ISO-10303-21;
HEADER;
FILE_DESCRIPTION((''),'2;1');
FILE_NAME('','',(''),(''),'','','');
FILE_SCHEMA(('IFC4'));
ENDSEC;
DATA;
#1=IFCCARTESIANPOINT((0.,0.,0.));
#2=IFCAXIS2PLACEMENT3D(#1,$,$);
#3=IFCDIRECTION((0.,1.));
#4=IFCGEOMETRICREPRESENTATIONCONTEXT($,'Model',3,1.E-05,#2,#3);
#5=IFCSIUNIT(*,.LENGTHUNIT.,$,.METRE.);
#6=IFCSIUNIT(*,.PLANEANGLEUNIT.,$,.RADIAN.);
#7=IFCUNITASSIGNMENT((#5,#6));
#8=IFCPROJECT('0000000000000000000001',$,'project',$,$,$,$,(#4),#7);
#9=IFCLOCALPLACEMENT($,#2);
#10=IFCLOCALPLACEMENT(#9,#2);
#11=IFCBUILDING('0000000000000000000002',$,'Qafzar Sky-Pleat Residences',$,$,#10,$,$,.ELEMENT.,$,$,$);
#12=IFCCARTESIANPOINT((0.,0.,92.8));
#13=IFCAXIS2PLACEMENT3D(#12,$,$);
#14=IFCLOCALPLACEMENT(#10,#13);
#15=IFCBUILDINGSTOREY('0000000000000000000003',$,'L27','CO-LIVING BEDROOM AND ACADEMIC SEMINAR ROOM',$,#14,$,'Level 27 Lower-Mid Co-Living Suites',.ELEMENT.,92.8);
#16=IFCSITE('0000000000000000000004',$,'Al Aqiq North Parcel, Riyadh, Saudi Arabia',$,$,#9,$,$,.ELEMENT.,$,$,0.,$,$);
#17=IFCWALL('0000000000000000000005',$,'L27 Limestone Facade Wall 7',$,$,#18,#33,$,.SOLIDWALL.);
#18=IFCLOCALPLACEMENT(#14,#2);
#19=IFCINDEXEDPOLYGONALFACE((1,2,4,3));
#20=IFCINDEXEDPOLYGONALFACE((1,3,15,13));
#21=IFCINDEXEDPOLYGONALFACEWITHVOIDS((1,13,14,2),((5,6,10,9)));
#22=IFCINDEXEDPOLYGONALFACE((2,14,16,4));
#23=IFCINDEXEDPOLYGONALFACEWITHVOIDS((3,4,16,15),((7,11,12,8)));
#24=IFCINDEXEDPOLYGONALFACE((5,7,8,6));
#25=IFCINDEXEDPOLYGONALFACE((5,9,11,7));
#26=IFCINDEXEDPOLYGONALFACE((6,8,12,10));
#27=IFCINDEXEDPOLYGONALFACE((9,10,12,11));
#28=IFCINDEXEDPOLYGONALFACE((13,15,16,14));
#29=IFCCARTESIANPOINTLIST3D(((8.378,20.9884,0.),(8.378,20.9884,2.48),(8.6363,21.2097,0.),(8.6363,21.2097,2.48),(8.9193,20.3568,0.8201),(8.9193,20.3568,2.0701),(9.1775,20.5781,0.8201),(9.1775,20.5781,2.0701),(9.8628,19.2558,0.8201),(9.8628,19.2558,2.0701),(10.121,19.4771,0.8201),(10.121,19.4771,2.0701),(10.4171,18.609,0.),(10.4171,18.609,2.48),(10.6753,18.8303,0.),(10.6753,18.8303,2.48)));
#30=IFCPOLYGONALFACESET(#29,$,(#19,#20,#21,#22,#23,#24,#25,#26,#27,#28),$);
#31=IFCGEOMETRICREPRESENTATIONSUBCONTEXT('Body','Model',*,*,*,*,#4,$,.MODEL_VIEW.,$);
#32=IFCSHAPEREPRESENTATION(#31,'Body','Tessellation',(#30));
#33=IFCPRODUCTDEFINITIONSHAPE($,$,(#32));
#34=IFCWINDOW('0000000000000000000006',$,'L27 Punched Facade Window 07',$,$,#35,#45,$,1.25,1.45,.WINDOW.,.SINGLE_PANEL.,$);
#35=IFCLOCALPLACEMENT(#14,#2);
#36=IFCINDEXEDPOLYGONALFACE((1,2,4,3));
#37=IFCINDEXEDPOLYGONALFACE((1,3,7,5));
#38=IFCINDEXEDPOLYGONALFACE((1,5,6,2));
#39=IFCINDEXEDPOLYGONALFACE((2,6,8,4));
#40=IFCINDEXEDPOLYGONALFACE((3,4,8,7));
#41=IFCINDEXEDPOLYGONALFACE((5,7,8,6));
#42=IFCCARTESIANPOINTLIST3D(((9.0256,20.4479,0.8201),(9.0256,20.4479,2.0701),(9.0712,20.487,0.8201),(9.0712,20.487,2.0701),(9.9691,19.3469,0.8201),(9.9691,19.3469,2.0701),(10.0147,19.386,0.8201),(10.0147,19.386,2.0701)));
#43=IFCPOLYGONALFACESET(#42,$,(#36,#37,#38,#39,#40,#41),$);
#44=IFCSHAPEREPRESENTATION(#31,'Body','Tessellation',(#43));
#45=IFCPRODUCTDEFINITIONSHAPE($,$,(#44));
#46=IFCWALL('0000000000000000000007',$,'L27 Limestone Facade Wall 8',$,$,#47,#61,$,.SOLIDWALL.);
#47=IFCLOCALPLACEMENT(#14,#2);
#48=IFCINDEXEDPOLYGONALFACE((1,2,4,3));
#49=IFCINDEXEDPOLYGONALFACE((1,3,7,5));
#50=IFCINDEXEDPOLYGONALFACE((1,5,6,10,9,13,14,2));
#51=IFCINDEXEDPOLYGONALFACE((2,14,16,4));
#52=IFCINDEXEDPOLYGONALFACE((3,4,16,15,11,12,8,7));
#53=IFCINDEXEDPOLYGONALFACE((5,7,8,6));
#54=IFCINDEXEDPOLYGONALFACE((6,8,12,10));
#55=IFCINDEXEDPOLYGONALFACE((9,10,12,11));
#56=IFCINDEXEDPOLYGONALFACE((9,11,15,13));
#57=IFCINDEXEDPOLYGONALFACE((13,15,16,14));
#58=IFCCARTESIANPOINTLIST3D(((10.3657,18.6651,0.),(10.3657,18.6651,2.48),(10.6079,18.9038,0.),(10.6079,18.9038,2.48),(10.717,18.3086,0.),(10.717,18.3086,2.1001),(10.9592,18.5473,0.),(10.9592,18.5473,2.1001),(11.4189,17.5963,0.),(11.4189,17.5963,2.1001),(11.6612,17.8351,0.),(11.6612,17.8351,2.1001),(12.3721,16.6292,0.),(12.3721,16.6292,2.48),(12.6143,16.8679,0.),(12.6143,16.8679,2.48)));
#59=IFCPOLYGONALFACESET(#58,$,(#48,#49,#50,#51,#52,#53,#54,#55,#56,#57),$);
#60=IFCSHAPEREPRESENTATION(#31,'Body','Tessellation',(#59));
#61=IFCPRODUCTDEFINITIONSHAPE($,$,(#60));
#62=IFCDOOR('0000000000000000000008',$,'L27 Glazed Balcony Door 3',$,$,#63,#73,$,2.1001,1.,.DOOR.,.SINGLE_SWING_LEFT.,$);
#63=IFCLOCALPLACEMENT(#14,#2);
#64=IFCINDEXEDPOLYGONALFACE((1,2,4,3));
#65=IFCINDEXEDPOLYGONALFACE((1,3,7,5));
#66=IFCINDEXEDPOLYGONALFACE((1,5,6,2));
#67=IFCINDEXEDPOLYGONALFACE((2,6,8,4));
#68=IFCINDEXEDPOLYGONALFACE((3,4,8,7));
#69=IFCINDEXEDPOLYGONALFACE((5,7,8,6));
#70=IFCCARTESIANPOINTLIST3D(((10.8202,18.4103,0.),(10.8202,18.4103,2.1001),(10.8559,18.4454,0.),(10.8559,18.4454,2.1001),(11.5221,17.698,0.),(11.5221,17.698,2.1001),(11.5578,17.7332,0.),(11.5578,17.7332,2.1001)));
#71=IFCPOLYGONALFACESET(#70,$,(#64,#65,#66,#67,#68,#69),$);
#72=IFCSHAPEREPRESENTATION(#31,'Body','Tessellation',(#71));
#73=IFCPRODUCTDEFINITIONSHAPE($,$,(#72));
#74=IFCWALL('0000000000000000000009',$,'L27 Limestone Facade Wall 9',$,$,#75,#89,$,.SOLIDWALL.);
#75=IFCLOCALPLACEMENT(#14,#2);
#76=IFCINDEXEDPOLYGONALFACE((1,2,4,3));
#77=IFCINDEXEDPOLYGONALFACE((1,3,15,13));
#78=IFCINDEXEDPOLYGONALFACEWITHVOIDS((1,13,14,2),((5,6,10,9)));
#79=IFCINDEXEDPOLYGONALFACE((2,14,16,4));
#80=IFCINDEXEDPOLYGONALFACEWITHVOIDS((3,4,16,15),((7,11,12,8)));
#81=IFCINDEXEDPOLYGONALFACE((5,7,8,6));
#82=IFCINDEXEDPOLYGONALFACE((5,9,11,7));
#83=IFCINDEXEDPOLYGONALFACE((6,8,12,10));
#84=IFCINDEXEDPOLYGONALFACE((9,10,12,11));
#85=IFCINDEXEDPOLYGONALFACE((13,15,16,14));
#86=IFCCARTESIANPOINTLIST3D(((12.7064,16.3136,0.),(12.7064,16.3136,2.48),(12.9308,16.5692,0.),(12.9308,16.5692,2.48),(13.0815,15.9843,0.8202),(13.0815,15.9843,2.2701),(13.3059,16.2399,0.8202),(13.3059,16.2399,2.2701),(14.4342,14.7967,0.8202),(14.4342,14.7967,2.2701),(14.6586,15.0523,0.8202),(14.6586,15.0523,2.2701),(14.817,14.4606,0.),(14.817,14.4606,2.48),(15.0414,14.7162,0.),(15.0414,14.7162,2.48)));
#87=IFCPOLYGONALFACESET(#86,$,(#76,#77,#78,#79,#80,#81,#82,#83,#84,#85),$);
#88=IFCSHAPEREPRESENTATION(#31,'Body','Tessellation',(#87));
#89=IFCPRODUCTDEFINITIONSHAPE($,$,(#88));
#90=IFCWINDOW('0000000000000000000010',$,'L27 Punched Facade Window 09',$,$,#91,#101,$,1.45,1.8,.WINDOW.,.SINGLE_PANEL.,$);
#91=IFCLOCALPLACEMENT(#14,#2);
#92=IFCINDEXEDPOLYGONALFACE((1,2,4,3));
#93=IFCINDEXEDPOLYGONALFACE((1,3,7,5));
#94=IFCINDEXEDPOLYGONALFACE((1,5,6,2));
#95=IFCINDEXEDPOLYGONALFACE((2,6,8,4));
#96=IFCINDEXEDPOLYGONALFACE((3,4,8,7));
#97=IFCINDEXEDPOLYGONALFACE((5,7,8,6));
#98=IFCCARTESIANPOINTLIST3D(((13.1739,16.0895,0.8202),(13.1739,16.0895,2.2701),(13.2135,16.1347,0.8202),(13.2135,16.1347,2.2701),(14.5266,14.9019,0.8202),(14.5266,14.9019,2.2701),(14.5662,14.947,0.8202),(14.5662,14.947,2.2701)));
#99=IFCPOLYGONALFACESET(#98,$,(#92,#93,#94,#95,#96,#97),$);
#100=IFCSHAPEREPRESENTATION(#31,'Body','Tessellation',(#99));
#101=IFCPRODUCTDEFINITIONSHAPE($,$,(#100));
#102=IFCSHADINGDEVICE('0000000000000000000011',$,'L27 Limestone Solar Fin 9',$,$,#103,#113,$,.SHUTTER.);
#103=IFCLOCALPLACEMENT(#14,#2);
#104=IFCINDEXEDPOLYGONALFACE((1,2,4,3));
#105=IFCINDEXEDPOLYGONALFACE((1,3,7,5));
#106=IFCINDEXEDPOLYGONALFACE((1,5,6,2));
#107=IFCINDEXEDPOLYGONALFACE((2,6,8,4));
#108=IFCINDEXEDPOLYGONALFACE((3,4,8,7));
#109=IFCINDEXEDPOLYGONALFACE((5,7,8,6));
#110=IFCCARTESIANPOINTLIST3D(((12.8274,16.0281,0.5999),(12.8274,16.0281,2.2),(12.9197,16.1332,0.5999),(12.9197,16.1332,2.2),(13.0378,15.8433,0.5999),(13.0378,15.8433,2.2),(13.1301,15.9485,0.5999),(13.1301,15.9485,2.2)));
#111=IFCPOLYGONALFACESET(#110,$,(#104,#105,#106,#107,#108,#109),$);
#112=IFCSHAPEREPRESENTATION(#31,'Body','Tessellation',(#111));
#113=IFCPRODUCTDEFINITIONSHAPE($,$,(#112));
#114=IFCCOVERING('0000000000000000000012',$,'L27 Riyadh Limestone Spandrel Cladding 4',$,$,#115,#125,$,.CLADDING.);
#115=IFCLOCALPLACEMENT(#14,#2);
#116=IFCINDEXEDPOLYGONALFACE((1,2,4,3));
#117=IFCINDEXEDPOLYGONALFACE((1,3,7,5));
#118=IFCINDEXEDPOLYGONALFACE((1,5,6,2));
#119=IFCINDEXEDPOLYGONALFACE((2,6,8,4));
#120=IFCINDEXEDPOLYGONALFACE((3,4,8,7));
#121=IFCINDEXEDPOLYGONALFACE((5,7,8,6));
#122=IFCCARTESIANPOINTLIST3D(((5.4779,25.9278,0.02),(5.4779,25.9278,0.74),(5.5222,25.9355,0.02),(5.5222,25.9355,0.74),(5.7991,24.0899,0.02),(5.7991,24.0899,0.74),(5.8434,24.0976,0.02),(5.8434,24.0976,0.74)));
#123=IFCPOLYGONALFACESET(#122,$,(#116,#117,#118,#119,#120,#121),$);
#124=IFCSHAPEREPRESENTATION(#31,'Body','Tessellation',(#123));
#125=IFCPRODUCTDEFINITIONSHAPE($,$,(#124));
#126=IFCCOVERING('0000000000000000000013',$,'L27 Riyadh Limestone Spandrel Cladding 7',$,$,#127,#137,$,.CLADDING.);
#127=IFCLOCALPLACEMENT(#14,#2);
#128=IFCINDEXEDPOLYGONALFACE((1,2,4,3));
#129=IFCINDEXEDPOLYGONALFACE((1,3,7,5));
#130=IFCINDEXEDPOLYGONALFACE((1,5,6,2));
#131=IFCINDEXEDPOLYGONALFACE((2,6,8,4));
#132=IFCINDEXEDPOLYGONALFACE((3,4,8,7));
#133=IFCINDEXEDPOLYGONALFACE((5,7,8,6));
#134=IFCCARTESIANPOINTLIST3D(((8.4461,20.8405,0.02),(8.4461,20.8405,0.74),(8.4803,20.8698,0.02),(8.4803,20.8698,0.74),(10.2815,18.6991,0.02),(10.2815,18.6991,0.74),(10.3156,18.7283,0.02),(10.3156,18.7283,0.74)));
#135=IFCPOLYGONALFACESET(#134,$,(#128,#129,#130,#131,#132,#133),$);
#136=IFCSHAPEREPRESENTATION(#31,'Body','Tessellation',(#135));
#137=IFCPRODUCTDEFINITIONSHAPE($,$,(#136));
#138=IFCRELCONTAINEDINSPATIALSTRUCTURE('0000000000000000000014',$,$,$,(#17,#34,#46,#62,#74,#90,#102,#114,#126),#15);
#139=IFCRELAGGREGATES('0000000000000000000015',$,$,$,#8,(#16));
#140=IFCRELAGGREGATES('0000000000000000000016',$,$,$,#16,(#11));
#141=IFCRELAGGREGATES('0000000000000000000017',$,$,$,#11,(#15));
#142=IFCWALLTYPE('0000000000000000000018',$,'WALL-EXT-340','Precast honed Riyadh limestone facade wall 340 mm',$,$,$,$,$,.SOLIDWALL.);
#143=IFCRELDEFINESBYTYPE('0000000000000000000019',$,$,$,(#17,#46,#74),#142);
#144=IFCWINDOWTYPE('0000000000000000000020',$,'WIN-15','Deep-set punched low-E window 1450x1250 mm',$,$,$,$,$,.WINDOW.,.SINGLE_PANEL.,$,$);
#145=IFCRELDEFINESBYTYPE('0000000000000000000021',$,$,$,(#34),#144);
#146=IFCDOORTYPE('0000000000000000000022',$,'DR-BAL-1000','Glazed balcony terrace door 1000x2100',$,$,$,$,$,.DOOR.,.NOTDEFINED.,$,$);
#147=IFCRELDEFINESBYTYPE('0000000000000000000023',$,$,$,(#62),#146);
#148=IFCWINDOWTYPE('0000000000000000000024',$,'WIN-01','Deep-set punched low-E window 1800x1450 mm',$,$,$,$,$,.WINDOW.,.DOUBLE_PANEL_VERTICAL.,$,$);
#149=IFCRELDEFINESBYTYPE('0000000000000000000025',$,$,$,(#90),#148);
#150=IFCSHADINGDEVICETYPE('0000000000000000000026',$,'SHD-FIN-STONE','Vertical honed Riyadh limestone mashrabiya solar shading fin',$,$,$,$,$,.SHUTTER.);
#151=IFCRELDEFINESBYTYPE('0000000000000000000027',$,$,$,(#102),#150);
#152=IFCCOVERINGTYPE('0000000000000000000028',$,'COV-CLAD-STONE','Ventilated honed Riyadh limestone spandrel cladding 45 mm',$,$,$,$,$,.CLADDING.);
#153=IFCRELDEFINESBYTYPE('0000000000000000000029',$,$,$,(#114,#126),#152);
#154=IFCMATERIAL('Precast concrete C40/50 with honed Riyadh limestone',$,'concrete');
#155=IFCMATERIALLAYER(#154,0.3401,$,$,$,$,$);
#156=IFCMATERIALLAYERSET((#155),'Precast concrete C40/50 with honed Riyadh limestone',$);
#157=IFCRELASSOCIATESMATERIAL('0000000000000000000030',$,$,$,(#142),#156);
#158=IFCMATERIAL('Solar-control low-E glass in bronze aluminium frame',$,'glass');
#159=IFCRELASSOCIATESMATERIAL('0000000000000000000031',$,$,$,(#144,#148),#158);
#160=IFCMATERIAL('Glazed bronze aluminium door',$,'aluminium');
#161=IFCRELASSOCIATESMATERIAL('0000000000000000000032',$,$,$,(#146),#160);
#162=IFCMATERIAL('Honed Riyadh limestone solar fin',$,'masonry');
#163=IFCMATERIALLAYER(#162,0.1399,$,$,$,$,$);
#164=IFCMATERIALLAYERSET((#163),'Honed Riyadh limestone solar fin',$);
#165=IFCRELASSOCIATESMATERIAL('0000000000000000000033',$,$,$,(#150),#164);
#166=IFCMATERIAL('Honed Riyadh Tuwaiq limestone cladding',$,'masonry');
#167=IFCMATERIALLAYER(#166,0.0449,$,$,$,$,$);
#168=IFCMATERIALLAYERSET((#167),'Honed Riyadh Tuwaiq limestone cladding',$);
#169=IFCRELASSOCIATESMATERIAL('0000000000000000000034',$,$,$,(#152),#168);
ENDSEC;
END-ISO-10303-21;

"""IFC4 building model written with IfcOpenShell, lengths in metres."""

from ifc_helpers import new_model, si_unit, direction, frame, frame_2d, origin, origin_2d, place, context, subcontext, project, spatial, rectangle, extrude, source, transform, mapped, material, layer, layer_set, type_object, element, fill, save


model = new_model("IFC4")

# Units and contexts
model_context = context("Model", 3, precision=1e-05, world=origin(), true_north=direction((0.0, 1.0)))
body_context = subcontext(model_context, "Body", "Model", "MODEL_VIEW")
ifc_project = project(units=[si_unit("LENGTHUNIT", "METRE"), si_unit("PLANEANGLEUNIT", "RADIAN")], contexts=[model_context])

# Site, building, storey
site_placement = place(None, origin())
site = spatial("IfcSite", under=ifc_project, at=site_placement, Name="Al Aqiq North Parcel, Riyadh, Saudi Arabia", CompositionType="ELEMENT", RefElevation=0.0)
building_placement = place(site_placement, origin())
building = spatial("IfcBuilding", under=site, at=building_placement, Name="Qafzar Sky-Pleat Residences", CompositionType="ELEMENT")
storey_placement = place(building_placement, frame((0.0, 0.0, 92.8)))
storey = spatial("IfcBuildingStorey", under=building, at=storey_placement, Name="L27", Description="CO-LIVING BEDROOM AND ACADEMIC SEMINAR ROOM", LongName="Level 27 Lower-Mid Co-Living Suites", CompositionType="ELEMENT", Elevation=92.8)

# Shared definitions
ifc_material_1 = material(Name="Precast concrete C40/50 with honed Riyadh limestone", Category="concrete")
ifc_layer_1 = layer(ifc_material_1, 0.3401)
ifc_layer_set_1 = layer_set([ifc_layer_1], Name="Precast concrete C40/50 with honed Riyadh limestone")
wall_type_1 = type_object("IfcWallType", Name="WALL-EXT-340", Description="Precast honed Riyadh limestone facade wall 340 mm", PredefinedType="SOLIDWALL", material=ifc_layer_set_1)
ifc_material_2 = material(Name="Solar-control low-E glass in bronze aluminium frame", Category="glass")

# Wall, opening, window
window_type_1 = type_object("IfcWindowType", Name="WIN-15", Description="Deep-set punched low-E window 1450x1250 mm", PartitioningType="SINGLE_PANEL", PredefinedType="WINDOW", material=ifc_material_2)
shared_shape_1 = source(origin(), body_context, "Body", "SweptSolid", [
    extrude(rectangle(XDim=1.45, YDim=1.25, at=frame_2d((0.7251, 0.625))), frame((0.0, 0.03, 0.0), z_axis=(0.0, -1.0, 0.0), x_axis=(1.0, 0.0, 0.0)), (0.0, 0.0, 1.0), 0.0601),
])
wall_1_placement = place(storey_placement, frame((8.5071, 21.0991, 0.0), z_axis=(0.0, 0.0, 1.0), x_axis=(0.650714, -0.759323, 0.0)))
wall_1 = element("IfcWall", 1, at=wall_1_placement, inside=storey, type_object=wall_type_1, Name="L27 Limestone Facade Wall 7", PredefinedType="SOLIDWALL", context=body_context, shape_type="SweptSolid", body=[
    extrude(rectangle(XDim=3.1335, YDim=0.3401, at=frame_2d((1.5669, 0.0))), origin(), (0.0, 0.0, 1.0), 2.48),
])
opening_1_placement = place(wall_1_placement, frame((0.8318, 0.0, 0.8201)))
opening_1 = element("IfcOpeningElement", 2, at=opening_1_placement, cuts=wall_1, PredefinedType="OPENING", context=body_context, shape_type="SweptSolid", body=[
    extrude(rectangle(XDim=1.45, YDim=1.25, at=frame_2d((0.7251, 0.625))), frame((0.0, 0.1802, 0.0), z_axis=(0.0, -1.0, 0.0), x_axis=(1.0, 0.0, 0.0)), (0.0, 0.0, 1.0), 0.3601),
])
window_1_placement = place(opening_1_placement, origin())
window_1 = element("IfcWindow", 3, at=window_1_placement, inside=storey, type_object=window_type_1, Name="L27 Punched Facade Window 07", OverallHeight=1.25, OverallWidth=1.45, PartitioningType="SINGLE_PANEL", PredefinedType="WINDOW", context=body_context, shape_type="MappedRepresentation", body=[
    mapped(shared_shape_1, transform((0.0, 0.0, 0.0), x_axis=(1.0, 0.0, 0.0), y_axis=(0.0, 1.0, 0.0), z_axis=(0.0, 0.0, 1.0), scale=1.0)),
])
fill(opening_1, window_1)

# Wall, opening, door
wall_2_placement = place(storey_placement, frame((10.4868, 18.7844, 0.0), z_axis=(0.0, 0.0, 1.0), x_axis=(0.70192, -0.712255, 0.0)))
wall_2 = element("IfcWall", 4, at=wall_2_placement, inside=storey, type_object=wall_type_1, Name="L27 Limestone Facade Wall 8", PredefinedType="SOLIDWALL", context=body_context, shape_type="SweptSolid", body=[
    extrude(rectangle(XDim=2.8584, YDim=0.3401, at=frame_2d((1.4292, 0.0))), origin(), (0.0, 0.0, 1.0), 2.48),
])
opening_2_placement = place(wall_2_placement, frame((0.5005, 0.0, 0.0)))
opening_2 = element("IfcOpeningElement", 5, at=opening_2_placement, cuts=wall_2, PredefinedType="OPENING", context=body_context, shape_type="SweptSolid", body=[
    extrude(rectangle(XDim=1.0, YDim=2.1001, at=frame_2d((0.5, 1.05))), frame((0.0, 0.1802, 0.0), z_axis=(0.0, -1.0, 0.0), x_axis=(1.0, 0.0, 0.0)), (0.0, 0.0, 1.0), 0.3601),
])
ifc_material_3 = material(Name="Glazed bronze aluminium door", Category="aluminium")
door_type = type_object("IfcDoorType", Name="DR-BAL-1000", Description="Glazed balcony terrace door 1000x2100", OperationType="NOTDEFINED", PredefinedType="DOOR", material=ifc_material_3)
shared_shape_2 = source(origin(), body_context, "Body", "SweptSolid", [
    extrude(rectangle(XDim=1.0, YDim=2.1001, at=frame_2d((0.5, 1.05))), frame((0.0, 0.0249, 0.0), z_axis=(0.0, -1.0, 0.0), x_axis=(1.0, 0.0, 0.0)), (0.0, 0.0, 1.0), 0.05),
])
door_placement = place(opening_2_placement, origin())
door = element("IfcDoor", 6, at=door_placement, inside=storey, type_object=door_type, Name="L27 Glazed Balcony Door 3", OperationType="SINGLE_SWING_LEFT", OverallHeight=2.1001, OverallWidth=1.0, PredefinedType="DOOR", context=body_context, shape_type="MappedRepresentation", body=[
    mapped(shared_shape_2, transform((0.0, 0.0, 0.0), x_axis=(1.0, 0.0, 0.0), y_axis=(0.0, 1.0, 0.0), z_axis=(0.0, 0.0, 1.0), scale=1.0)),
])
fill(opening_2, door)

# Wall, opening, window
wall_3_placement = place(storey_placement, frame((12.8186, 16.4414, 0.0), z_axis=(0.0, 0.0, 1.0), x_axis=(0.751472, -0.659765, 0.0)))
wall_3 = element("IfcWall", 7, at=wall_3_placement, inside=storey, type_object=wall_type_1, Name="L27 Limestone Facade Wall 9", PredefinedType="SOLIDWALL", context=body_context, shape_type="SweptSolid", body=[
    extrude(rectangle(XDim=2.8086, YDim=0.3401, at=frame_2d((1.4043, 0.0))), origin(), (0.0, 0.0, 1.0), 2.48),
])
opening_3_placement = place(wall_3_placement, frame((0.4993, 0.0, 0.8201)))
opening_3 = element("IfcOpeningElement", 8, at=opening_3_placement, cuts=wall_3, PredefinedType="OPENING", context=body_context, shape_type="SweptSolid", body=[
    extrude(rectangle(XDim=1.8, YDim=1.45, at=frame_2d((0.8999, 0.7251))), frame((0.0, 0.1802, 0.0), z_axis=(0.0, -1.0, 0.0), x_axis=(1.0, 0.0, 0.0)), (0.0, 0.0, 1.0), 0.3601),
])
window_type_2 = type_object("IfcWindowType", Name="WIN-01", Description="Deep-set punched low-E window 1800x1450 mm", PartitioningType="DOUBLE_PANEL_VERTICAL", PredefinedType="WINDOW", material=ifc_material_2)
shared_shape_3 = source(origin(), body_context, "Body", "SweptSolid", [
    extrude(rectangle(XDim=1.8, YDim=1.45, at=frame_2d((0.8999, 0.7251))), frame((0.0, 0.03, 0.0), z_axis=(0.0, -1.0, 0.0), x_axis=(1.0, 0.0, 0.0)), (0.0, 0.0, 1.0), 0.0601),
])
window_2_placement = place(opening_3_placement, origin())
window_2 = element("IfcWindow", 9, at=window_2_placement, inside=storey, type_object=window_type_2, Name="L27 Punched Facade Window 09", OverallHeight=1.45, OverallWidth=1.8, PartitioningType="SINGLE_PANEL", PredefinedType="WINDOW", context=body_context, shape_type="MappedRepresentation", body=[
    mapped(shared_shape_3, transform((0.0, 0.0, 0.0), x_axis=(1.0, 0.0, 0.0), y_axis=(0.0, 1.0, 0.0), z_axis=(0.0, 0.0, 1.0), scale=1.0)),
])
fill(opening_3, window_2)

# Shading device
ifc_material_4 = material(Name="Honed Riyadh limestone solar fin", Category="masonry")
ifc_layer_2 = layer(ifc_material_4, 0.1399)
ifc_layer_set_2 = layer_set([ifc_layer_2], Name="Honed Riyadh limestone solar fin")
shading_device_type = type_object("IfcShadingDeviceType", Name="SHD-FIN-STONE", Description="Vertical honed Riyadh limestone mashrabiya solar shading fin", PredefinedType="SHUTTER", material=ifc_layer_set_2)
shared_shape_4 = source(origin(), body_context, "Body", "SweptSolid", [
    extrude(rectangle(XDim=0.1399, YDim=0.28, at=origin_2d()), origin(), (0.0, 0.0, 1.0), 1.6001),
])
shading_device_placement = place(storey_placement, frame((12.9788, 15.9883, 0.5999), z_axis=(0.0, 0.0, 1.0), x_axis=(-0.659726, -0.751506, 0.0)))
element("IfcShadingDevice", 10, at=shading_device_placement, inside=storey, type_object=shading_device_type, Name="L27 Limestone Solar Fin 9", PredefinedType="SHUTTER", context=body_context, shape_type="MappedRepresentation", body=[
    mapped(shared_shape_4, transform((0.0, 0.0, 0.0), x_axis=(1.0, 0.0, 0.0), y_axis=(0.0, 1.0, 0.0), z_axis=(0.0, 0.0, 1.0), scale=1.0)),
])

# Covering
ifc_material_5 = material(Name="Honed Riyadh Tuwaiq limestone cladding", Category="masonry")
ifc_layer_3 = layer(ifc_material_5, 0.0449)
ifc_layer_set_3 = layer_set([ifc_layer_3], Name="Honed Riyadh Tuwaiq limestone cladding")
covering_type = type_object("IfcCoveringType", Name="COV-CLAD-STONE", Description="Ventilated honed Riyadh limestone spandrel cladding 45 mm", PredefinedType="CLADDING", material=ifc_layer_set_3)
shared_shape_5 = source(origin(), body_context, "Body", "SweptSolid", [
    extrude(rectangle(XDim=1.8657, YDim=0.0449, at=origin_2d()), origin(), (0.0, 0.0, 1.0), 0.72),
])
covering_1_placement = place(storey_placement, frame((5.6606, 25.0127, 0.02), z_axis=(0.0, 0.0, 1.0), x_axis=(0.172162, -0.985069, 0.0)))
element("IfcCovering", 11, at=covering_1_placement, inside=storey, type_object=covering_type, Name="L27 Riyadh Limestone Spandrel Cladding 4", PredefinedType="CLADDING", context=body_context, shape_type="MappedRepresentation", body=[
    mapped(shared_shape_5, transform((0.0, 0.0, 0.0), x_axis=(1.0, 0.0, 0.0), y_axis=(0.0, 1.0, 0.0), z_axis=(0.0, 0.0, 1.0), scale=1.0)),
])

# Covering
shared_shape_6 = source(origin(), body_context, "Body", "SweptSolid", [
    extrude(rectangle(XDim=2.8203, YDim=0.0449, at=origin_2d()), origin(), (0.0, 0.0, 1.0), 0.72),
])
covering_2_placement = place(storey_placement, frame((9.3809, 19.7844, 0.02), z_axis=(0.0, 0.0, 1.0), x_axis=(0.650752, -0.75929, 0.0)))
element("IfcCovering", 12, at=covering_2_placement, inside=storey, type_object=covering_type, Name="L27 Riyadh Limestone Spandrel Cladding 7", PredefinedType="CLADDING", context=body_context, shape_type="MappedRepresentation", body=[
    mapped(shared_shape_6, transform((0.0, 0.0, 0.0), x_axis=(1.0, 0.0, 0.0), y_axis=(0.0, 1.0, 0.0), z_axis=(0.0, 0.0, 1.0), scale=1.0)),
])

save(model, "model.ifc")
